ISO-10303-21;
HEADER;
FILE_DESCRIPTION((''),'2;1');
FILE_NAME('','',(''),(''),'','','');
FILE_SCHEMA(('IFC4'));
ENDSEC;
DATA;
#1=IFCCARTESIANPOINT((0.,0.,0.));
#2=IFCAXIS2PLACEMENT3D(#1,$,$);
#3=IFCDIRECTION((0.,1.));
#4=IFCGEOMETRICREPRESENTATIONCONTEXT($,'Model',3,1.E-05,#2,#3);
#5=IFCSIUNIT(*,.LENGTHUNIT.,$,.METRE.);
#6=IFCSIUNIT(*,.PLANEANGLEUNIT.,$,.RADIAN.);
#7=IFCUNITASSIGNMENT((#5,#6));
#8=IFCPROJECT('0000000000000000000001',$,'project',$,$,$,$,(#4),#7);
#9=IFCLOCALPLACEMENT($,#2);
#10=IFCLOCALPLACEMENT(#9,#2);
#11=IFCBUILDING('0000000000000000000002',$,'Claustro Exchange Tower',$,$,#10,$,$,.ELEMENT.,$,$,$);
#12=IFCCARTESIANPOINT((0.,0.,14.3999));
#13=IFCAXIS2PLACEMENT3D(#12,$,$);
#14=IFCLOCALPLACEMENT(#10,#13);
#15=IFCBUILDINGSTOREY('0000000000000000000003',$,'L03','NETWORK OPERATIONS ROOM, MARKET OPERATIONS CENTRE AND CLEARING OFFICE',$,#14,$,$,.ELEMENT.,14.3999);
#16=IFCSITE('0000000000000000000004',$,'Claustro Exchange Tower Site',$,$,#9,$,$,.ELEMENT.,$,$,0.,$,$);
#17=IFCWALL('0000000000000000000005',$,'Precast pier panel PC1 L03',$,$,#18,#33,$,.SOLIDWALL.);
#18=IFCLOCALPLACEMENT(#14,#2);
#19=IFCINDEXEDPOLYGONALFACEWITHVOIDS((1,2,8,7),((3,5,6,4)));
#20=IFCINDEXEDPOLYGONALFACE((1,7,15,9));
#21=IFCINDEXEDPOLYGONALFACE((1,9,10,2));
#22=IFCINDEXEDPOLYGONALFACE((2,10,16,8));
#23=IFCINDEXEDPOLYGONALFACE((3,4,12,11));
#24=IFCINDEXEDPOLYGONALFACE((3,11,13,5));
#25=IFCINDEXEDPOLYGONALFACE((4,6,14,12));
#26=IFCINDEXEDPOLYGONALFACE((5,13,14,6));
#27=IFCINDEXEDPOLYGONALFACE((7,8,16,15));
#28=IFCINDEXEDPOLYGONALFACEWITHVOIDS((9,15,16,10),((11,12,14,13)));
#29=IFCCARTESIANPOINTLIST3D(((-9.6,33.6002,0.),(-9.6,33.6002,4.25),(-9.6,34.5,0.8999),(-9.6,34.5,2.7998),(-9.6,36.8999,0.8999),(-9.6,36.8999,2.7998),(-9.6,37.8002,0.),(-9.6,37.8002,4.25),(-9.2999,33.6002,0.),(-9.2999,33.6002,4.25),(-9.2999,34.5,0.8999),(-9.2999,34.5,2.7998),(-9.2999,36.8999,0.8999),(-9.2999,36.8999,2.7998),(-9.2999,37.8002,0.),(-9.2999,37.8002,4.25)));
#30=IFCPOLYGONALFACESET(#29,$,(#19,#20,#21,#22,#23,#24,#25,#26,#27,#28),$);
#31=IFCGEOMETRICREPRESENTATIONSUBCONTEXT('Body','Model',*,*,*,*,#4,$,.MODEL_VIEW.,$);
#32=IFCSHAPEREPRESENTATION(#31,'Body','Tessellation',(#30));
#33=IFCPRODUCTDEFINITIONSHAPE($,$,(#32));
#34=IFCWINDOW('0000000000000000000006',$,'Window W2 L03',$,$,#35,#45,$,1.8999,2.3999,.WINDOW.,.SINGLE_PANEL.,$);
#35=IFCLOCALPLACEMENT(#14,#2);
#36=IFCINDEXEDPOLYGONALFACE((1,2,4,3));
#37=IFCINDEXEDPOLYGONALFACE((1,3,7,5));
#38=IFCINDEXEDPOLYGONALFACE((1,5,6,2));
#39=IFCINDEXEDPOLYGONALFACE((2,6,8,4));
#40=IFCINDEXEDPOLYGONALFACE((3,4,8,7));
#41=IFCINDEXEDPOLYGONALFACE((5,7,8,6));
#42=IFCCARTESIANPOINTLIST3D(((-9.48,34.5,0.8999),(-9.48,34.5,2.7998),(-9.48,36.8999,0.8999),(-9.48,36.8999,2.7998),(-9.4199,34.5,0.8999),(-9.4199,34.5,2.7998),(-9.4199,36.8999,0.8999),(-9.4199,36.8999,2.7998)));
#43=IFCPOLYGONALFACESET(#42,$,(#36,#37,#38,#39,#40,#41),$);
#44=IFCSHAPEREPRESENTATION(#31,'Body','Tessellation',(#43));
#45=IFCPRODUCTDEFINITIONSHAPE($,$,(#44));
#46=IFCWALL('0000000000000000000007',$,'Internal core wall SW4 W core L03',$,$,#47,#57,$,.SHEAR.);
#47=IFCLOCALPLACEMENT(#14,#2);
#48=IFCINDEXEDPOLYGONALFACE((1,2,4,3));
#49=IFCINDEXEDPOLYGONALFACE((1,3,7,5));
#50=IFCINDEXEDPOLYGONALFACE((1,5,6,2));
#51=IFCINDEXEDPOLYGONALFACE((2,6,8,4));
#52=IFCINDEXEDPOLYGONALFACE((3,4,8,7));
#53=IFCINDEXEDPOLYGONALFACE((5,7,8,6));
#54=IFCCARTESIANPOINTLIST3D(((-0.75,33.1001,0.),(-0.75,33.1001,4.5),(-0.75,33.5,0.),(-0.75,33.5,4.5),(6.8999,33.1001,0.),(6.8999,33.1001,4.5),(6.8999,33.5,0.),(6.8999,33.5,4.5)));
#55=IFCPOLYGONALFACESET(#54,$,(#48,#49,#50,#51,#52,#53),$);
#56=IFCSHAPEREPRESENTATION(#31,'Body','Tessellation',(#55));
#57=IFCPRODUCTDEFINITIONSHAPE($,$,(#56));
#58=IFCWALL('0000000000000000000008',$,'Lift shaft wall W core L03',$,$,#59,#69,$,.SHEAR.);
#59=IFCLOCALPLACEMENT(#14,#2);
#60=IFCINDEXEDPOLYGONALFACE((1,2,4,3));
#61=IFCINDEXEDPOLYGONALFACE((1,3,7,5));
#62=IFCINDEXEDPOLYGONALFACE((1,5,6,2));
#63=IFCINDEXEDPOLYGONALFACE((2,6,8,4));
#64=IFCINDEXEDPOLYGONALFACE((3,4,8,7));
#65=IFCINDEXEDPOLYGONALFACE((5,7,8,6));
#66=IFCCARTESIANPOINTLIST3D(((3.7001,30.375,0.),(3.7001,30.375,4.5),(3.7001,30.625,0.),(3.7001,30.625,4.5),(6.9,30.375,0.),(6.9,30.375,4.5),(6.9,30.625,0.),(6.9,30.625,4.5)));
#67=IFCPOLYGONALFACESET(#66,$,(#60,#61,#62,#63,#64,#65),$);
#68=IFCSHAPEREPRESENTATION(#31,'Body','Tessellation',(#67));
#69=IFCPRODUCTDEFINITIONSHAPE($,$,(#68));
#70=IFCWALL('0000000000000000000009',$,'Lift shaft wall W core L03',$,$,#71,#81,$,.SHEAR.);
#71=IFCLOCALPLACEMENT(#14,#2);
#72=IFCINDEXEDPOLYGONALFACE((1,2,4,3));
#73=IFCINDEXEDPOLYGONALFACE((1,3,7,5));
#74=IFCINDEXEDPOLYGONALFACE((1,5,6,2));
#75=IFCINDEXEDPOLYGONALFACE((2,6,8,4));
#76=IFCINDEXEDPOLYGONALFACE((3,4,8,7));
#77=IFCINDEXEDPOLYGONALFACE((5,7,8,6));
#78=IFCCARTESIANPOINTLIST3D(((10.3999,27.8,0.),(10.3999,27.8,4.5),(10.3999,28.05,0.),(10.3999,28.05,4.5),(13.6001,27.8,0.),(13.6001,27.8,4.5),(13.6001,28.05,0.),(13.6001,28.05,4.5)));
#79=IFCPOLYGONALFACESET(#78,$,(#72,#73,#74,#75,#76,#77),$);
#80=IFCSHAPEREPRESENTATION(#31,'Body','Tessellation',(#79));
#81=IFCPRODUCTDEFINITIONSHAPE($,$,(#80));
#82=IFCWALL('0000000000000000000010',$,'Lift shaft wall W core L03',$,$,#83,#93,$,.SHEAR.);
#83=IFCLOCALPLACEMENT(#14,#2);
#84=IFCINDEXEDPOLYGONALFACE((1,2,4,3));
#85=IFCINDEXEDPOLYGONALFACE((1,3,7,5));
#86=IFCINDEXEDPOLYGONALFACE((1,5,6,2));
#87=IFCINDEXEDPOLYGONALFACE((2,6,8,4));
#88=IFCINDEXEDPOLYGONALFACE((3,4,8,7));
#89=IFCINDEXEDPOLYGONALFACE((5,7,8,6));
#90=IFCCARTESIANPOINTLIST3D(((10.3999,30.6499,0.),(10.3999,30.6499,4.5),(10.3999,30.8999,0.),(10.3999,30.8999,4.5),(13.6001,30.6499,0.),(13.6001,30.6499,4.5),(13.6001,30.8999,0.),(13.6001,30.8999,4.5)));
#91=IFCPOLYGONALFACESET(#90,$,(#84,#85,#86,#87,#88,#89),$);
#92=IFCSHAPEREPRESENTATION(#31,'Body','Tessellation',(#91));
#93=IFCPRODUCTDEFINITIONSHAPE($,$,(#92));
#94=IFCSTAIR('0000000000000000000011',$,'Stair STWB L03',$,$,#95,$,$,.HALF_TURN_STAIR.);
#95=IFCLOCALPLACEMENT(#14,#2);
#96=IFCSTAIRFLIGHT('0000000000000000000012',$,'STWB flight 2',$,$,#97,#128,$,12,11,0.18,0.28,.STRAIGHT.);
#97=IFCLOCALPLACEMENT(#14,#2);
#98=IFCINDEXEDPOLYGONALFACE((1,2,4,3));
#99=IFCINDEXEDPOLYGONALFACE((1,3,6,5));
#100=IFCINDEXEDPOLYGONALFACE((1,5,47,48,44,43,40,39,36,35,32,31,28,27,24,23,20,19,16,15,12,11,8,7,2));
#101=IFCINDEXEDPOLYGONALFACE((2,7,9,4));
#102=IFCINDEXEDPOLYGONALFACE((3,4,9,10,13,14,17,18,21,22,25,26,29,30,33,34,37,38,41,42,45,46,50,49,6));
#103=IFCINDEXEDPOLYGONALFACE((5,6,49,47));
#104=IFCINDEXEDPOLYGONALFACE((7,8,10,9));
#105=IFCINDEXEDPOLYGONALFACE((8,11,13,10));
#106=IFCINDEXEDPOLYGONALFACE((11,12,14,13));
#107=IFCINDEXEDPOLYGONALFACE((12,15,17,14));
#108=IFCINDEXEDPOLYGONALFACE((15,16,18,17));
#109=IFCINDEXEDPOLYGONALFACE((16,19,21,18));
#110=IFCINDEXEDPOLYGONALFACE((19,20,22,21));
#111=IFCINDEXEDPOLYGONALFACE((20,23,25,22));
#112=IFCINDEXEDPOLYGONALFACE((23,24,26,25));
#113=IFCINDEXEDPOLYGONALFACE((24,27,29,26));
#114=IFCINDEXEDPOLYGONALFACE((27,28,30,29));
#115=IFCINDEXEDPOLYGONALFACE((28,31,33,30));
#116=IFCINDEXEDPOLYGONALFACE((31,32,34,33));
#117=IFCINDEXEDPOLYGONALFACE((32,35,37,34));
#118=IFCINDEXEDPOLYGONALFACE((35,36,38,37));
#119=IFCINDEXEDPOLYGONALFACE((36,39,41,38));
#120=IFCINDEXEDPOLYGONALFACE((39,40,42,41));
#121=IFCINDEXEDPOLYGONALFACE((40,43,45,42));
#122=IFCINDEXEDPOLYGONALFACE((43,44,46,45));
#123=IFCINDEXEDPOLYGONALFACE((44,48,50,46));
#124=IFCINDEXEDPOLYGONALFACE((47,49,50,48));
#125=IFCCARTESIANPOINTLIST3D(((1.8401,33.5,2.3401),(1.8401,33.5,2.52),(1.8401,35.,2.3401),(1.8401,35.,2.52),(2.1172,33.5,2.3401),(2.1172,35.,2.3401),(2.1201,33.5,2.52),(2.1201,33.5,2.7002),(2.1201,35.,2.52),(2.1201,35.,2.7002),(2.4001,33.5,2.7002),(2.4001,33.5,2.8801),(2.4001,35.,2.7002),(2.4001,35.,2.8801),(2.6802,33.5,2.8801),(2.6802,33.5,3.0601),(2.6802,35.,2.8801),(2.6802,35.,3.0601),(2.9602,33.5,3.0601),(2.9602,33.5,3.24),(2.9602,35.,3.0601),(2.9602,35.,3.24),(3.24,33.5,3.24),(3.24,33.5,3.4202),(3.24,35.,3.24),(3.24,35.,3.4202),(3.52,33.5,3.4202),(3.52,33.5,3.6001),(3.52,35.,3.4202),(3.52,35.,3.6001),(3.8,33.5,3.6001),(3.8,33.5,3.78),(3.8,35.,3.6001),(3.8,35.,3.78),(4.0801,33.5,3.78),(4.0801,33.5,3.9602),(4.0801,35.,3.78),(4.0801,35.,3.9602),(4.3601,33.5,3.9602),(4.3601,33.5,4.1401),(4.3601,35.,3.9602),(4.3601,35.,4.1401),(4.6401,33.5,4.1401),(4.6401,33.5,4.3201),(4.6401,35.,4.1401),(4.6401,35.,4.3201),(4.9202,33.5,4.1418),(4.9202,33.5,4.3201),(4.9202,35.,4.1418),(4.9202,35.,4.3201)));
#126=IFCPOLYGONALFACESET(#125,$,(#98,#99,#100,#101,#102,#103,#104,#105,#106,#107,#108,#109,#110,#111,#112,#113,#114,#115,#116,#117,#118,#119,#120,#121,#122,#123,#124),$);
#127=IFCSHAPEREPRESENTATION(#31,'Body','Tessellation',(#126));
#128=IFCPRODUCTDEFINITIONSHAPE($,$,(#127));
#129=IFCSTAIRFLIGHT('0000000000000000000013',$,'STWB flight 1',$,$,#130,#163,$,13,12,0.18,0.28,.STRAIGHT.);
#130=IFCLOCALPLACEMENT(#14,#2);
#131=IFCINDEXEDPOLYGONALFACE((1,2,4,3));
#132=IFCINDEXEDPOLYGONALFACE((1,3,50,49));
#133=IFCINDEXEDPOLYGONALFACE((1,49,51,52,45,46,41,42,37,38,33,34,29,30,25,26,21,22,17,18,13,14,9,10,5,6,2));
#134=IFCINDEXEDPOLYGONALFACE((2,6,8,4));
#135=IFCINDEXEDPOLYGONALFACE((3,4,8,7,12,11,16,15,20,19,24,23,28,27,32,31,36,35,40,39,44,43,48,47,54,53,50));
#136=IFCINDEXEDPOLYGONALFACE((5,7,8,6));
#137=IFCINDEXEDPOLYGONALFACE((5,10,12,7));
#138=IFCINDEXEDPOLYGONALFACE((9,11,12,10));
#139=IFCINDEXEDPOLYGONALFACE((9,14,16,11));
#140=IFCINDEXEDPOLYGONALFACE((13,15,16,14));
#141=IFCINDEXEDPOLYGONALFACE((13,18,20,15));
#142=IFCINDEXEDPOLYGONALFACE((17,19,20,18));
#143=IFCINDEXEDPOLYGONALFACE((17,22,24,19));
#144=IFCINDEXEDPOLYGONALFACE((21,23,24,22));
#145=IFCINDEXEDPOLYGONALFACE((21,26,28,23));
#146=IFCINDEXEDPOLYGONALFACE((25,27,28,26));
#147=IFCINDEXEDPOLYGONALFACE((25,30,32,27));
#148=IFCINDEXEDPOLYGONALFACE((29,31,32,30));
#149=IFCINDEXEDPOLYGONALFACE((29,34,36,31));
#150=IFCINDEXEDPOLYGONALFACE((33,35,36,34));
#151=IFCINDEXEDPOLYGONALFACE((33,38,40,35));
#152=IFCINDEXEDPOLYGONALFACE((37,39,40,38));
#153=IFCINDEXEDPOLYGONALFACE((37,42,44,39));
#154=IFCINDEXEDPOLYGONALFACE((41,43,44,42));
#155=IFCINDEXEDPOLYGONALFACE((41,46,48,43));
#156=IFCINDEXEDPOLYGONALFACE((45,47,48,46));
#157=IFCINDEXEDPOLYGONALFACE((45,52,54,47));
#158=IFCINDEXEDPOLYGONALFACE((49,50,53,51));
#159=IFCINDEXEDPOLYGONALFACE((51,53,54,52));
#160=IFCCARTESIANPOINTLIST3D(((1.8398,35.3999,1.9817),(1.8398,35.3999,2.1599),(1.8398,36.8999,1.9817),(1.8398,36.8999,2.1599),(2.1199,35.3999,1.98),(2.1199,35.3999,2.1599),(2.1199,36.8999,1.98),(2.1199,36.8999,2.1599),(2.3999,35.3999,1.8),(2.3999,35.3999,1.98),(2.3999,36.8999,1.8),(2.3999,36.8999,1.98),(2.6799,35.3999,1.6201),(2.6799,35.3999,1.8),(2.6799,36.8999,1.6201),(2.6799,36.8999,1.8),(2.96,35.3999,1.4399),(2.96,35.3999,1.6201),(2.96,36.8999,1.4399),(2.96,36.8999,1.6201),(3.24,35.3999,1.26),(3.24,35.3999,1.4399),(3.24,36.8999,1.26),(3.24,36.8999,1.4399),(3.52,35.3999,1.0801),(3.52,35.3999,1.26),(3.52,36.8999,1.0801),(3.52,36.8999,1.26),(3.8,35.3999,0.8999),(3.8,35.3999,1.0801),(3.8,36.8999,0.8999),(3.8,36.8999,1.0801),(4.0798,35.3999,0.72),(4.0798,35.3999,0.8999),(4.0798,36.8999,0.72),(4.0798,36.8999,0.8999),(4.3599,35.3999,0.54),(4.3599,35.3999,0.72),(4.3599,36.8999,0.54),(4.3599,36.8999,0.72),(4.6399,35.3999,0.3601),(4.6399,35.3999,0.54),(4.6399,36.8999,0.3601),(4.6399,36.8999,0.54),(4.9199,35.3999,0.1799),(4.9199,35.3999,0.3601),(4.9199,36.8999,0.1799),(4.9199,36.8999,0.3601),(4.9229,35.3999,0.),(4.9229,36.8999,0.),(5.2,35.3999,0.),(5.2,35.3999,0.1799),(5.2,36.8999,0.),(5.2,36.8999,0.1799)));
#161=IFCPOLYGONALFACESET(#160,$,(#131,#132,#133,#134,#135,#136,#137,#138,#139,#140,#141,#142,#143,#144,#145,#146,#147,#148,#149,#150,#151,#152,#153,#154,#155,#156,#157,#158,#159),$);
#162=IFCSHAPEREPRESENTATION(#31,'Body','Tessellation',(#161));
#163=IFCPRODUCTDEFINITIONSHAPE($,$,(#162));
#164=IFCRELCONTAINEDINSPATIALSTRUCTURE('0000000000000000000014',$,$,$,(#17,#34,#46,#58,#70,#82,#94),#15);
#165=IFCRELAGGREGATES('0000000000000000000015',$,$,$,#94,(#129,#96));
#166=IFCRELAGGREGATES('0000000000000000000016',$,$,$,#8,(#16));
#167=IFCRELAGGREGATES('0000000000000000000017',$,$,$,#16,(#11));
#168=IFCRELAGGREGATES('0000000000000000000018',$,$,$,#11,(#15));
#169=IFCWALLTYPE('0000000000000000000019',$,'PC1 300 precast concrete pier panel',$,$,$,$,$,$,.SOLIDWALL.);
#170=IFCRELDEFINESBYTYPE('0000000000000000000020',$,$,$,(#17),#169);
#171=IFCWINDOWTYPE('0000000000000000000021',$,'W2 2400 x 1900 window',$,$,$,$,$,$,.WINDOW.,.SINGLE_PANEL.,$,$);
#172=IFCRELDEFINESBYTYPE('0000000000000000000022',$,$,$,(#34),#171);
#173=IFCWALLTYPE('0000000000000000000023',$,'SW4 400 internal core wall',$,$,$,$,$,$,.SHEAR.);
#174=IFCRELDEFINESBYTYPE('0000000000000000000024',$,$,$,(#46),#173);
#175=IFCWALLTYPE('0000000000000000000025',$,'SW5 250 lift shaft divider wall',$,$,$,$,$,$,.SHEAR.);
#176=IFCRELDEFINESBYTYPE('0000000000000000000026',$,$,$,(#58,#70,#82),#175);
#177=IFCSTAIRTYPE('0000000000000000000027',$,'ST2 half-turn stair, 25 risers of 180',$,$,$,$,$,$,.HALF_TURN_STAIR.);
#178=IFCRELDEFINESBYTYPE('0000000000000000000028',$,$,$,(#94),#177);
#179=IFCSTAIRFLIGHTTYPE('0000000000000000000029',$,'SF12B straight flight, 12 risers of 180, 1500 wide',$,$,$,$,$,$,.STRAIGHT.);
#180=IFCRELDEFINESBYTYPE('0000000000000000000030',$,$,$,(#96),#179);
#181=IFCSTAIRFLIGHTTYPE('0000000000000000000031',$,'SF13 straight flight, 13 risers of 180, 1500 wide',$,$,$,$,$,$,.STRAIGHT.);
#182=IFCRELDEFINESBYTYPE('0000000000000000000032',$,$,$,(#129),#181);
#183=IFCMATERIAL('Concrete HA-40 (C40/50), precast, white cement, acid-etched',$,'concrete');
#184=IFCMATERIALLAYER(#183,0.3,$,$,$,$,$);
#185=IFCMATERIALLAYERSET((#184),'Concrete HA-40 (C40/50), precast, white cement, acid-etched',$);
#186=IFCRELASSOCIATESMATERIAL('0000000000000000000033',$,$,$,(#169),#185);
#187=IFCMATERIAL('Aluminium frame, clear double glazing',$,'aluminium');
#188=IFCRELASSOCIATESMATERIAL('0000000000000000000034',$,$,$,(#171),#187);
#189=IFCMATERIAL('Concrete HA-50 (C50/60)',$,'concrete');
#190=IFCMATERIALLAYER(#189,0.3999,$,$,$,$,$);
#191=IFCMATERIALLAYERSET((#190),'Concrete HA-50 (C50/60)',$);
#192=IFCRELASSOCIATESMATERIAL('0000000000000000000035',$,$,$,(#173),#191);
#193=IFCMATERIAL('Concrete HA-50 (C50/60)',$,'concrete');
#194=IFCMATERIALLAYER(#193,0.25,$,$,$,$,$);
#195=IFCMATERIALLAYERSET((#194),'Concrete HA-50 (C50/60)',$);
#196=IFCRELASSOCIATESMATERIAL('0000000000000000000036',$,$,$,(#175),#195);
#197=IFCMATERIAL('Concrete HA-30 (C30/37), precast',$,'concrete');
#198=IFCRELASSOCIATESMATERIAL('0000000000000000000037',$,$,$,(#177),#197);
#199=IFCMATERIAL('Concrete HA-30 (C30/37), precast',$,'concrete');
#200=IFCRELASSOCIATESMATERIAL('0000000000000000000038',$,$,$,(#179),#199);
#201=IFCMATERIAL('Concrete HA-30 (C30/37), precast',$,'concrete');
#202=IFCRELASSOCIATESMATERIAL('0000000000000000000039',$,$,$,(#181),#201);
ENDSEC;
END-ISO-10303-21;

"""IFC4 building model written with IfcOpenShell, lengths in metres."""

from ifc_helpers import new_model, si_unit, direction, frame, frame_2d, origin, place, context, subcontext, project, spatial, polyline, rectangle, outline, extrude, material, layer, layer_set, type_object, element, fill, aggregate, save


model = new_model("IFC4")

# Units and contexts
model_context = context("Model", 3, precision=1e-05, world=origin(), true_north=direction((0.0, 1.0)))
body_context = subcontext(model_context, "Body", "Model", "MODEL_VIEW")
ifc_project = project(units=[si_unit("LENGTHUNIT", "METRE"), si_unit("PLANEANGLEUNIT", "RADIAN")], contexts=[model_context])

# Site, building, storey
site_placement = place(None, origin())
site = spatial("IfcSite", under=ifc_project, at=site_placement, Name="Claustro Exchange Tower Site", CompositionType="ELEMENT", RefElevation=0.0)
building_placement = place(site_placement, origin())
building = spatial("IfcBuilding", under=site, at=building_placement, Name="Claustro Exchange Tower", CompositionType="ELEMENT")
storey_placement = place(building_placement, frame((0.0, 0.0, 14.3999)))
storey = spatial("IfcBuildingStorey", under=building, at=storey_placement, Name="L03", Description="NETWORK OPERATIONS ROOM, MARKET OPERATIONS CENTRE AND CLEARING OFFICE", CompositionType="ELEMENT", Elevation=14.3999)

# Wall, opening, window
ifc_material_1 = material(Name="Concrete HA-40 (C40/50), precast, white cement, acid-etched", Category="concrete")
ifc_layer_1 = layer(ifc_material_1, 0.3)
ifc_layer_set_1 = layer_set([ifc_layer_1], Name="Concrete HA-40 (C40/50), precast, white cement, acid-etched")
wall_type_1 = type_object("IfcWallType", Name="PC1 300 precast concrete pier panel", PredefinedType="SOLIDWALL", material=ifc_layer_set_1)
wall_1_placement = place(storey_placement, frame((-9.45, 33.6001, 0.0), z_axis=(0.0, 0.0, 1.0), x_axis=(0.0, 1.0, 0.0)))
wall_1 = element("IfcWall", 1, at=wall_1_placement, inside=storey, type_object=wall_type_1, Name="Precast pier panel PC1 L03", PredefinedType="SOLIDWALL", context=body_context, shape_type="SweptSolid", body=[
    extrude(rectangle(XDim=4.2, YDim=0.3, at=frame_2d((2.1001, 0.0))), origin(), (0.0, 0.0, 1.0), 4.25),
])
opening_1_placement = place(wall_1_placement, frame((0.8999, 0.0, 0.8999)))
opening_1 = element("IfcOpeningElement", 2, at=opening_1_placement, cuts=wall_1, PredefinedType="OPENING", context=body_context, shape_type="SweptSolid", body=[
    extrude(rectangle(XDim=2.3999, YDim=1.8999, at=frame_2d((1.2, 0.95))), frame((0.0, 0.1599, 0.0), z_axis=(0.0, -1.0, 0.0), x_axis=(1.0, 0.0, 0.0)), (0.0, 0.0, 1.0), 0.3201),
])
ifc_material_2 = material(Name="Aluminium frame, clear double glazing", Category="aluminium")
window_type = type_object("IfcWindowType", Name="W2 2400 x 1900 window", PartitioningType="SINGLE_PANEL", PredefinedType="WINDOW", material=ifc_material_2)
window_placement = place(opening_1_placement, origin())
window = element("IfcWindow", 3, at=window_placement, inside=storey, type_object=window_type, Name="Window W2 L03", OverallHeight=1.8999, OverallWidth=2.3999, PartitioningType="SINGLE_PANEL", PredefinedType="WINDOW", context=body_context, shape_type="SweptSolid", body=[
    extrude(rectangle(XDim=2.3999, YDim=1.8999, at=frame_2d((1.2, 0.95))), frame((0.0, 0.03, 0.0), z_axis=(0.0, -1.0, 0.0), x_axis=(1.0, 0.0, 0.0)), (0.0, 0.0, 1.0), 0.0601),
])
fill(opening_1, window)

# Walls
ifc_material_3 = material(Name="Concrete HA-50 (C50/60)", Category="concrete")
ifc_layer_2 = layer(ifc_material_3, 0.3999)
ifc_layer_set_2 = layer_set([ifc_layer_2], Name="Concrete HA-50 (C50/60)")
wall_type_2 = type_object("IfcWallType", Name="SW4 400 internal core wall", PredefinedType="SHEAR", material=ifc_layer_set_2)
wall_2_placement = place(storey_placement, frame((-0.75, 33.3, 0.0), z_axis=(0.0, 0.0, 1.0), x_axis=(1.0, 0.0, 0.0)))
element("IfcWall", 4, at=wall_2_placement, inside=storey, type_object=wall_type_2, Name="Internal core wall SW4 W core L03", PredefinedType="SHEAR", context=body_context, shape_type="SweptSolid", body=[
    extrude(rectangle(XDim=7.6499, YDim=0.3999, at=frame_2d((3.825, 0.0))), origin(), (0.0, 0.0, 1.0), 4.5),
])
ifc_material_4 = material(Name="Concrete HA-50 (C50/60)", Category="concrete")
ifc_layer_3 = layer(ifc_material_4, 0.25)
ifc_layer_set_3 = layer_set([ifc_layer_3], Name="Concrete HA-50 (C50/60)")
wall_type_3 = type_object("IfcWallType", Name="SW5 250 lift shaft divider wall", PredefinedType="SHEAR", material=ifc_layer_set_3)
wall_3_placement = place(storey_placement, frame((3.7, 30.5, 0.0), z_axis=(0.0, 0.0, 1.0), x_axis=(1.0, 0.0, 0.0)))
element("IfcWall", 5, at=wall_3_placement, inside=storey, type_object=wall_type_3, Name="Lift shaft wall W core L03", PredefinedType="SHEAR", context=body_context, shape_type="SweptSolid", body=[
    extrude(rectangle(XDim=3.2, YDim=0.25, at=frame_2d((1.6001, 0.0))), origin(), (0.0, 0.0, 1.0), 4.5),
])
for number, where, z_axis, x_axis, name in (
    (6, (10.3999, 27.925, 0.0), (0.0, 0.0, 1.0), (1.0, 0.0, 0.0), "Lift shaft wall W core L03"),
    (7, (10.3999, 30.7749, 0.0), (0.0, 0.0, 1.0), (1.0, 0.0, 0.0), "Lift shaft wall W core L03"),
):
    element("IfcWall", number, at=place(storey_placement, frame(where, z_axis=z_axis, x_axis=x_axis)), inside=storey, type_object=wall_type_3, Name=name, PredefinedType="SHEAR", context=body_context, shape_type="SweptSolid", body=[
        extrude(rectangle(XDim=3.2002, YDim=0.25, at=frame_2d((1.6001, 0.0))), origin(), (0.0, 0.0, 1.0), 4.5),
    ])

# Stair, stair flights
ifc_material_5 = material(Name="Concrete HA-30 (C30/37), precast", Category="concrete")
stair_type = type_object("IfcStairType", Name="ST2 half-turn stair, 25 risers of 180", PredefinedType="HALF_TURN_STAIR", material=ifc_material_5)
stair_placement = place(storey_placement, origin())
stair = element("IfcStair", 8, at=stair_placement, inside=storey, type_object=stair_type, Name="Stair STWB L03", PredefinedType="HALF_TURN_STAIR")
ifc_material_6 = material(Name="Concrete HA-30 (C30/37), precast", Category="concrete")
stair_flight_type_1 = type_object("IfcStairFlightType", Name="SF12B straight flight, 12 risers of 180, 1500 wide", PredefinedType="STRAIGHT", material=ifc_material_6)
stair_flight_1_placement = place(storey_placement, frame((1.8401, 34.25, 2.3401), z_axis=(0.0, 0.0, 1.0), x_axis=(1.0, 0.0, 0.0)))
stair_flight_1 = element("IfcStairFlight", 9, at=stair_flight_1_placement, type_object=stair_flight_type_1, Name="STWB flight 2", NumberOfRisers=12, NumberOfTreads=11, PredefinedType="STRAIGHT", RiserHeight=0.18, TreadLength=0.28, context=body_context, shape_type="SweptSolid", body=[
    extrude(outline(polyline([(0.0, 0.0), (0.0, 0.1799), (0.28, 0.1799), (0.28, 0.3601), (0.5601, 0.3601), (0.5601, 0.54), (0.8401, 0.54), (0.8401, 0.72), (1.1201, 0.72), (1.1201, 0.8999), (1.3999, 0.8999), (1.3999, 1.0801), (1.6799, 1.0801), (1.6799, 1.26), (1.96, 1.26), (1.96, 1.4399), (2.24, 1.4399), (2.24, 1.6201), (2.52, 1.6201), (2.52, 1.8), (2.8, 1.8), (2.8, 1.98), (3.0801, 1.98), (3.0801, 2.1599), (3.0801, 1.8018), (0.2771, 0.0), (0.0, 0.0)])), frame((0.0, 0.75, 0.0), z_axis=(0.0, -1.0, 0.0), x_axis=(1.0, 0.0, 0.0)), (0.0, 0.0, 1.0), 1.5),
])
ifc_material_7 = material(Name="Concrete HA-30 (C30/37), precast", Category="concrete")
stair_flight_type_2 = type_object("IfcStairFlightType", Name="SF13 straight flight, 13 risers of 180, 1500 wide", PredefinedType="STRAIGHT", material=ifc_material_7)
stair_flight_2_placement = place(storey_placement, frame((5.2, 36.1499, 0.0), z_axis=(0.0, 0.0, 1.0), x_axis=(-1.0, 0.0, 0.0)))
stair_flight_2 = element("IfcStairFlight", 10, at=stair_flight_2_placement, type_object=stair_flight_type_2, Name="STWB flight 1", NumberOfRisers=13, NumberOfTreads=12, PredefinedType="STRAIGHT", RiserHeight=0.18, TreadLength=0.28, context=body_context, shape_type="SweptSolid", body=[
    extrude(outline(polyline([(0.0, 0.0), (0.0, 0.1799), (0.28, 0.1799), (0.28, 0.3601), (0.5601, 0.3601), (0.5601, 0.54), (0.8401, 0.54), (0.8401, 0.72), (1.1201, 0.72), (1.1201, 0.8999), (1.3999, 0.8999), (1.3999, 1.0801), (1.6799, 1.0801), (1.6799, 1.26), (1.96, 1.26), (1.96, 1.4399), (2.24, 1.4399), (2.24, 1.6201), (2.52, 1.6201), (2.52, 1.8), (2.8, 1.8), (2.8, 1.98), (3.0801, 1.98), (3.0801, 2.1599), (3.3601, 2.1599), (3.3601, 2.3401), (3.3601, 1.9817), (0.2771, 0.0), (0.0, 0.0)])), frame((0.0, 0.75, 0.0), z_axis=(0.0, -1.0, 0.0), x_axis=(1.0, 0.0, 0.0)), (0.0, 0.0, 1.0), 1.5),
])
aggregate(stair, [stair_flight_2, stair_flight_1])

save(model, "model.ifc")
